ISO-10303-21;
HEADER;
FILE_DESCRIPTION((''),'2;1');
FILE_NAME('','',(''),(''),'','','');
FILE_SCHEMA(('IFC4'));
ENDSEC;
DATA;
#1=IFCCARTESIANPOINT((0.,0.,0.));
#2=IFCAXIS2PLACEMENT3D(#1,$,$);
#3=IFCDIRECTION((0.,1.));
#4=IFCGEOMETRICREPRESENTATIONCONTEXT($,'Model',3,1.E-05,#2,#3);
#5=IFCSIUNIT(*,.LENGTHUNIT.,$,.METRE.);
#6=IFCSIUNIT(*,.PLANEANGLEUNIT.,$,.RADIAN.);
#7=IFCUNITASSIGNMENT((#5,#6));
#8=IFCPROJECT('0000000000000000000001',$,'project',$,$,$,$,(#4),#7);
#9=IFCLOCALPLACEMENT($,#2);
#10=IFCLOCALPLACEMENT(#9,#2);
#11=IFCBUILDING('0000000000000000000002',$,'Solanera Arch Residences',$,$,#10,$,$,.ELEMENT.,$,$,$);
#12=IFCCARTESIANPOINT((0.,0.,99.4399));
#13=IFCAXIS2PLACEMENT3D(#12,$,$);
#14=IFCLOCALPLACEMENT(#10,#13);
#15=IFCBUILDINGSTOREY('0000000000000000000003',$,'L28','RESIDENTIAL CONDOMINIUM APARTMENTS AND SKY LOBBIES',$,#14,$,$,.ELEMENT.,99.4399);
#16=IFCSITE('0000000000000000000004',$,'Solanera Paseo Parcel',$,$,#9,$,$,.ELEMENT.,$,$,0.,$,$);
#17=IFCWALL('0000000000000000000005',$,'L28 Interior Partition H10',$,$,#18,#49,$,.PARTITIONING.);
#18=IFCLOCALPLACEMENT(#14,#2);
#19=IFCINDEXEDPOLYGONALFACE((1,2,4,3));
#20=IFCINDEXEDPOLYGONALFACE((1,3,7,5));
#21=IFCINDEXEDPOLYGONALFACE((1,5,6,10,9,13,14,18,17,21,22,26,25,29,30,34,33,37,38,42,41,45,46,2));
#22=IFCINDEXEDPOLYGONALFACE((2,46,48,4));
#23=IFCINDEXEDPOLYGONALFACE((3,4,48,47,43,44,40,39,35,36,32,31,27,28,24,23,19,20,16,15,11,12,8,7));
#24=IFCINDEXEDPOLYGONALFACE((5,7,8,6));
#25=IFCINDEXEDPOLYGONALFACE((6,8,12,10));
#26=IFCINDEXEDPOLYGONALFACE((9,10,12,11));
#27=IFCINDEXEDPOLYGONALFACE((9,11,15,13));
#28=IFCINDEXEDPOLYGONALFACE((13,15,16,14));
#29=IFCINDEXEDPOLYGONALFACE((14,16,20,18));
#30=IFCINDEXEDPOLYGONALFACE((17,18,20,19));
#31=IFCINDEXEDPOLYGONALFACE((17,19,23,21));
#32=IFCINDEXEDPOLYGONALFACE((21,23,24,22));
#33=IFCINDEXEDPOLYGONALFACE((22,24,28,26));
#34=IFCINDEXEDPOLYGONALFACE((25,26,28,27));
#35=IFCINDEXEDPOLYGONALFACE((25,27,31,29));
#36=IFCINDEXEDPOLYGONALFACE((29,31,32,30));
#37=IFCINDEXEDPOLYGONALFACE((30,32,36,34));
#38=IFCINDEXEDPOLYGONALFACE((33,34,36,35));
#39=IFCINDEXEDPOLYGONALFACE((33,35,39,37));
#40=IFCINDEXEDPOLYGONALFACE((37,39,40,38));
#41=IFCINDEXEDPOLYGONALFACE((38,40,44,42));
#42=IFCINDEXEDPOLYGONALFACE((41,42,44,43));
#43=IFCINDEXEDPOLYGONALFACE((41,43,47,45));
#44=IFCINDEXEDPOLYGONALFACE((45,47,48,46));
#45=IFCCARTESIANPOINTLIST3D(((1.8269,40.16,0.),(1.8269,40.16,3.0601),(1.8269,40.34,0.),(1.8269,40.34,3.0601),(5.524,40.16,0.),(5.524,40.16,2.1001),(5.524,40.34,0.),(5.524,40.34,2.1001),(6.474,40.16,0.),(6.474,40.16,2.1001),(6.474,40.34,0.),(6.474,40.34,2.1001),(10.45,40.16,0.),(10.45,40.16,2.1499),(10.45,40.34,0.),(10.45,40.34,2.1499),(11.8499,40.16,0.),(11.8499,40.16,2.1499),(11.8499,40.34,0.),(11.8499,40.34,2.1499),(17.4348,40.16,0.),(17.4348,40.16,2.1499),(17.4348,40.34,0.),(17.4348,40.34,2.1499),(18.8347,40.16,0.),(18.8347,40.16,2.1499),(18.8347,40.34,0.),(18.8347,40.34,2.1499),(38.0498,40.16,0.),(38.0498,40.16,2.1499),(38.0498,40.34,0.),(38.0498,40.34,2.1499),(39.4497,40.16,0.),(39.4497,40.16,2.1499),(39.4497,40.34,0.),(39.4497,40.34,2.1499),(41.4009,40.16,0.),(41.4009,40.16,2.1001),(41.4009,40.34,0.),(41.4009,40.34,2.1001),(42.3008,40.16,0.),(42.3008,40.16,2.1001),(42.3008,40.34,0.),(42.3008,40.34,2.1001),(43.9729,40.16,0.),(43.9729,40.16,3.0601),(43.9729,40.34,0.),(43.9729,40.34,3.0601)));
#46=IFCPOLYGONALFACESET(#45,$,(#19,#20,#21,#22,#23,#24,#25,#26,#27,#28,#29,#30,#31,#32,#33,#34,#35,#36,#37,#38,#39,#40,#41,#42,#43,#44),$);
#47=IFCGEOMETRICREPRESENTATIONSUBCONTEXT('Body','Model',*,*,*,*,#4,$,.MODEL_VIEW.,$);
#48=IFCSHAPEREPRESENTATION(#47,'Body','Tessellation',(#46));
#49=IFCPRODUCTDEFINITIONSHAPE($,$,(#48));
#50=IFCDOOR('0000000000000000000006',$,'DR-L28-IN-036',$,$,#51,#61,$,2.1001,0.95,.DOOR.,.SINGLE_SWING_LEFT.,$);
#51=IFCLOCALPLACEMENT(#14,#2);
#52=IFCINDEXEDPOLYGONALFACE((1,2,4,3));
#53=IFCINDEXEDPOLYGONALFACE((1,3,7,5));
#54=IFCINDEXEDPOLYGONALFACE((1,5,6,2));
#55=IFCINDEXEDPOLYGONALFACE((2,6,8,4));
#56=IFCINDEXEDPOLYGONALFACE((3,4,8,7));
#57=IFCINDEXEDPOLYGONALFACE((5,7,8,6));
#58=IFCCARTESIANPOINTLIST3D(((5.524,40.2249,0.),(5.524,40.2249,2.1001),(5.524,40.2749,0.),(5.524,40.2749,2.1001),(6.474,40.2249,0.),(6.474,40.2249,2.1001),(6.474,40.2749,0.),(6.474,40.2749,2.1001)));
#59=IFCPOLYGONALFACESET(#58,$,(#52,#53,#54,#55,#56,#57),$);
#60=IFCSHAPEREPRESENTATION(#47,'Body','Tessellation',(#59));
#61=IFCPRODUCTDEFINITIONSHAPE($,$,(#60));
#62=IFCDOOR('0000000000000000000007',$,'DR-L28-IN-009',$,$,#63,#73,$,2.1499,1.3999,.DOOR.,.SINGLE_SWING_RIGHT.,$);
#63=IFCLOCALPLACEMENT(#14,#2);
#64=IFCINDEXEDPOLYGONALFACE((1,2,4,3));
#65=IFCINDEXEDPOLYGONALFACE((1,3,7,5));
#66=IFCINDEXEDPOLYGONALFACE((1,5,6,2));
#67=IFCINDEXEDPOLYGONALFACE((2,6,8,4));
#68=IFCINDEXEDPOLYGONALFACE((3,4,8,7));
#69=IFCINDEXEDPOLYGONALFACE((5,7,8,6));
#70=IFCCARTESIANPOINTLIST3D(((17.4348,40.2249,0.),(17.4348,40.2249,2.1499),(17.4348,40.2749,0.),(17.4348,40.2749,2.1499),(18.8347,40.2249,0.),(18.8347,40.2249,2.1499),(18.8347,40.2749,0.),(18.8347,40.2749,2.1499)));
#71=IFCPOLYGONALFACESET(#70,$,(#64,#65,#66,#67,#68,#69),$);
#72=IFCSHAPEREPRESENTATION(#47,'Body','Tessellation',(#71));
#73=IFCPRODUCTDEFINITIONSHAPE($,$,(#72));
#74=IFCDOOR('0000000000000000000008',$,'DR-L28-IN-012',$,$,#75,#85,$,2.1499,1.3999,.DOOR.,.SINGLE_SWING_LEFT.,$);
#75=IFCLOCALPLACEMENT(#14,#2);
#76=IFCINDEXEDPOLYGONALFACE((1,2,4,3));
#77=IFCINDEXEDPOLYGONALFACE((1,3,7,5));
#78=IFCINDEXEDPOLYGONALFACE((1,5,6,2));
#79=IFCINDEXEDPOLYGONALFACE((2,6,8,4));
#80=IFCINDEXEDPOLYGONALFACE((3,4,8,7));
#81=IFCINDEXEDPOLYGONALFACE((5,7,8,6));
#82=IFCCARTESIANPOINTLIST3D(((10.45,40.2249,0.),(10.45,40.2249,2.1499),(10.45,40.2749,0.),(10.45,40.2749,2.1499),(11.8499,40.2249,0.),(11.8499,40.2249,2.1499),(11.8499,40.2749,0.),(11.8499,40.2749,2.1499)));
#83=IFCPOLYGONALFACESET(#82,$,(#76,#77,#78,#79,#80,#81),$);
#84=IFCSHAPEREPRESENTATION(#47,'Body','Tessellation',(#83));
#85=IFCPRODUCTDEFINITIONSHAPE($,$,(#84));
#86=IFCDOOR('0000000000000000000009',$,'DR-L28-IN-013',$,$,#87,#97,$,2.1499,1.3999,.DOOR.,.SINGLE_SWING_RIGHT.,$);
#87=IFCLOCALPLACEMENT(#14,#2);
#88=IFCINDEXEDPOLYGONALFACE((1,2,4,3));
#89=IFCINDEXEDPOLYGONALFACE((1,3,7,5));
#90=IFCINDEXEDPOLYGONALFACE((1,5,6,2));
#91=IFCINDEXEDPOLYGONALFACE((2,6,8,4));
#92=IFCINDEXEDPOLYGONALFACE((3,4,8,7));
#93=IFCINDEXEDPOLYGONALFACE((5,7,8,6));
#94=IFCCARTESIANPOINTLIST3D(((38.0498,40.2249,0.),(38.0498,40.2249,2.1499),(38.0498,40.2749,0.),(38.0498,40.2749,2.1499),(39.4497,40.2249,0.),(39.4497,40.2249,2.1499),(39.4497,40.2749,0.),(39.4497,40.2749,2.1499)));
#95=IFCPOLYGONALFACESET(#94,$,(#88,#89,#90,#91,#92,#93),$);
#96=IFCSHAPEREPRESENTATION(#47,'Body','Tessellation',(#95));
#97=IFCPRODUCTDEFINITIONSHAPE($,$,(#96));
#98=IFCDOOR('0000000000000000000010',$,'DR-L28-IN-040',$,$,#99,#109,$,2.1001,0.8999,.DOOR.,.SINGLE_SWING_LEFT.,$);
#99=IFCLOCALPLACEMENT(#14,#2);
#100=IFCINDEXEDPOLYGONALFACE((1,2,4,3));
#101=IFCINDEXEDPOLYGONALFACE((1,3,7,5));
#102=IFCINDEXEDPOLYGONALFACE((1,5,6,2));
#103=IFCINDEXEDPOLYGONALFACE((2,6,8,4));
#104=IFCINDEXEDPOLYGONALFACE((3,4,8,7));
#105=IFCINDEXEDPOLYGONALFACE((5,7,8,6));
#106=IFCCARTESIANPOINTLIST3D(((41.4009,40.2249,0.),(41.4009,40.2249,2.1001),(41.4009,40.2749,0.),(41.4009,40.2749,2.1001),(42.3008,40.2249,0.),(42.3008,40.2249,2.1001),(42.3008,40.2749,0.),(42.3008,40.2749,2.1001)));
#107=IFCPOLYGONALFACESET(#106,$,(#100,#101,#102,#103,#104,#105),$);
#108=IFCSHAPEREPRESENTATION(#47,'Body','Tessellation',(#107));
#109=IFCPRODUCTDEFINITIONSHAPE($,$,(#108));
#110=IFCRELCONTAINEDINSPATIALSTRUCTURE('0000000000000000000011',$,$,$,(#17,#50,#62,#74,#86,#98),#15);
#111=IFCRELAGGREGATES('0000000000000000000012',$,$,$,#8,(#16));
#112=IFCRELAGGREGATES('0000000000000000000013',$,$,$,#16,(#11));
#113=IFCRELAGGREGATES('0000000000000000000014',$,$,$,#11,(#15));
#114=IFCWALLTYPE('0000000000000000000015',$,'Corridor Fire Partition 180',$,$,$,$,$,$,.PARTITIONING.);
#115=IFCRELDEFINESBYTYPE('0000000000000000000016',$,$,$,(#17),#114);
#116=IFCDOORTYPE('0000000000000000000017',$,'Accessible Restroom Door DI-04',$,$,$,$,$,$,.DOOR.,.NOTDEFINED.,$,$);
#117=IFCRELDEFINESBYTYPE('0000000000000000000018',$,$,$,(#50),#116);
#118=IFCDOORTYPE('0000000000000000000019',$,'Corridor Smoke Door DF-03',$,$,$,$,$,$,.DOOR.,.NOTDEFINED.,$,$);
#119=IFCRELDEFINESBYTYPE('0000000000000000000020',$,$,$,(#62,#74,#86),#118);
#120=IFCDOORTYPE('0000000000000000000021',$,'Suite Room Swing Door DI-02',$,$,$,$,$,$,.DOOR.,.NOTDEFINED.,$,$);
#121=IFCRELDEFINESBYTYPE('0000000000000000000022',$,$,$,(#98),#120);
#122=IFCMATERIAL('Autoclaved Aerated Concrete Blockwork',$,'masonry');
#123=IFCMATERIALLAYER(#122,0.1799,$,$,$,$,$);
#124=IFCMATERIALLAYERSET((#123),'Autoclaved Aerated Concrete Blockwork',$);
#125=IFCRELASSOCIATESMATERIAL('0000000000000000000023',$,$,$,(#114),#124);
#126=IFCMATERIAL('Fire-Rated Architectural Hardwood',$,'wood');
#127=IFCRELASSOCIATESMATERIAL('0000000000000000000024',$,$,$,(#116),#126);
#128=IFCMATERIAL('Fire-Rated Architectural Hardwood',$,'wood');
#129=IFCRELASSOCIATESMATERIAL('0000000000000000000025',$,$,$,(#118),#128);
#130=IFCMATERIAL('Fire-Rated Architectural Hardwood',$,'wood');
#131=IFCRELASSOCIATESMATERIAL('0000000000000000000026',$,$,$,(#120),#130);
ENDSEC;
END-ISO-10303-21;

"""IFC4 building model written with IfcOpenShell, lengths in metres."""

from ifc_helpers import new_model, si_unit, direction, frame, frame_2d, origin, place, context, subcontext, project, spatial, rectangle, extrude, material, layer, layer_set, type_object, element, fill, save


model = new_model("IFC4")

# Units and contexts
model_context = context("Model", 3, precision=1e-05, world=origin(), true_north=direction((0.0, 1.0)))
body_context = subcontext(model_context, "Body", "Model", "MODEL_VIEW")
ifc_project = project(units=[si_unit("LENGTHUNIT", "METRE"), si_unit("PLANEANGLEUNIT", "RADIAN")], contexts=[model_context])

# Site, building, storey
site_placement = place(None, origin())
site = spatial("IfcSite", under=ifc_project, at=site_placement, Name="Solanera Paseo Parcel", CompositionType="ELEMENT", RefElevation=0.0)
building_placement = place(site_placement, origin())
building = spatial("IfcBuilding", under=site, at=building_placement, Name="Solanera Arch Residences", CompositionType="ELEMENT")
storey_placement = place(building_placement, frame((0.0, 0.0, 99.4399)))
storey = spatial("IfcBuildingStorey", under=building, at=storey_placement, Name="L28", Description="RESIDENTIAL CONDOMINIUM APARTMENTS AND SKY LOBBIES", CompositionType="ELEMENT", Elevation=99.4399)

# Wall, openings, doors
ifc_material_1 = material(Name="Autoclaved Aerated Concrete Blockwork", Category="masonry")
ifc_layer_1 = layer(ifc_material_1, 0.1799)
ifc_layer_set_1 = layer_set([ifc_layer_1], Name="Autoclaved Aerated Concrete Blockwork")
wall_type_1 = type_object("IfcWallType", Name="Corridor Fire Partition 180", PredefinedType="PARTITIONING", material=ifc_layer_set_1)
wall_1_placement = place(storey_placement, frame((1.8269, 40.25, 0.0), z_axis=(0.0, 0.0, 1.0), x_axis=(1.0, 0.0, 0.0)))
wall_1 = element("IfcWall", 1, at=wall_1_placement, inside=storey, type_object=wall_type_1, Name="L28 Interior Partition H10", PredefinedType="PARTITIONING", context=body_context, shape_type="SweptSolid", body=[
    extrude(rectangle(XDim=42.146, YDim=0.1799, at=frame_2d((21.073, 0.0))), origin(), (0.0, 0.0, 1.0), 3.0601),
])
opening_1_placement = place(wall_1_placement, frame((15.6079, 0.0, 0.0)))
opening_1 = element("IfcOpeningElement", 2, at=opening_1_placement, cuts=wall_1, PredefinedType="OPENING", context=body_context, shape_type="SweptSolid", body=[
    extrude(rectangle(XDim=1.3999, YDim=2.1499, at=frame_2d((0.7, 1.075))), frame((0.0, 0.1001, 0.0), z_axis=(0.0, -1.0, 0.0), x_axis=(1.0, 0.0, 0.0)), (0.0, 0.0, 1.0), 0.1999),
])
opening_2_placement = place(wall_1_placement, frame((8.623, 0.0, 0.0)))
opening_2 = element("IfcOpeningElement", 3, at=opening_2_placement, cuts=wall_1, PredefinedType="OPENING", context=body_context, shape_type="SweptSolid", body=[
    extrude(rectangle(XDim=1.3999, YDim=2.1499, at=frame_2d((0.7, 1.075))), frame((0.0, 0.1001, 0.0), z_axis=(0.0, -1.0, 0.0), x_axis=(1.0, 0.0, 0.0)), (0.0, 0.0, 1.0), 0.1999),
])
opening_3_placement = place(wall_1_placement, frame((36.2229, 0.0, 0.0)))
opening_3 = element("IfcOpeningElement", 4, at=opening_3_placement, cuts=wall_1, PredefinedType="OPENING", context=body_context, shape_type="SweptSolid", body=[
    extrude(rectangle(XDim=1.3999, YDim=2.1499, at=frame_2d((0.7, 1.075))), frame((0.0, 0.1001, 0.0), z_axis=(0.0, -1.0, 0.0), x_axis=(1.0, 0.0, 0.0)), (0.0, 0.0, 1.0), 0.1999),
])
opening_4_placement = place(wall_1_placement, frame((3.697, 0.0, 0.0)))
opening_4 = element("IfcOpeningElement", 5, at=opening_4_placement, cuts=wall_1, PredefinedType="OPENING", context=body_context, shape_type="SweptSolid", body=[
    extrude(rectangle(XDim=0.95, YDim=2.1001, at=frame_2d((0.4751, 1.05))), frame((0.0, 0.1001, 0.0), z_axis=(0.0, -1.0, 0.0), x_axis=(1.0, 0.0, 0.0)), (0.0, 0.0, 1.0), 0.1999),
])
opening_5_placement = place(wall_1_placement, frame((39.574, 0.0, 0.0)))
opening_5 = element("IfcOpeningElement", 6, at=opening_5_placement, cuts=wall_1, PredefinedType="OPENING", context=body_context, shape_type="SweptSolid", body=[
    extrude(rectangle(XDim=0.8999, YDim=2.1001, at=frame_2d((0.45, 1.05))), frame((0.0, 0.1001, 0.0), z_axis=(0.0, -1.0, 0.0), x_axis=(1.0, 0.0, 0.0)), (0.0, 0.0, 1.0), 0.1999),
])
ifc_material_2 = material(Name="Fire-Rated Architectural Hardwood", Category="wood")
door_type_1 = type_object("IfcDoorType", Name="Accessible Restroom Door DI-04", OperationType="NOTDEFINED", PredefinedType="DOOR", material=ifc_material_2)
door_1_placement = place(opening_4_placement, origin())
door_1 = element("IfcDoor", 7, at=door_1_placement, inside=storey, type_object=door_type_1, Name="DR-L28-IN-036", OperationType="SINGLE_SWING_LEFT", OverallHeight=2.1001, OverallWidth=0.95, PredefinedType="DOOR", context=body_context, shape_type="SweptSolid", body=[
    extrude(rectangle(XDim=0.95, YDim=2.1001, at=frame_2d((0.4751, 1.05))), frame((0.0, 0.0249, 0.0), z_axis=(0.0, -1.0, 0.0), x_axis=(1.0, 0.0, 0.0)), (0.0, 0.0, 1.0), 0.05),
])
fill(opening_4, door_1)
ifc_material_3 = material(Name="Fire-Rated Architectural Hardwood", Category="wood")
door_type_2 = type_object("IfcDoorType", Name="Corridor Smoke Door DF-03", OperationType="NOTDEFINED", PredefinedType="DOOR", material=ifc_material_3)
door_2_placement = place(opening_1_placement, origin())
door_2 = element("IfcDoor", 8, at=door_2_placement, inside=storey, type_object=door_type_2, Name="DR-L28-IN-009", OperationType="SINGLE_SWING_RIGHT", OverallHeight=2.1499, OverallWidth=1.3999, PredefinedType="DOOR", context=body_context, shape_type="SweptSolid", body=[
    extrude(rectangle(XDim=1.3999, YDim=2.1499, at=frame_2d((0.7, 1.075))), frame((0.0, 0.0249, 0.0), z_axis=(0.0, -1.0, 0.0), x_axis=(1.0, 0.0, 0.0)), (0.0, 0.0, 1.0), 0.05),
])
fill(opening_1, door_2)
door_3_placement = place(opening_2_placement, origin())
door_3 = element("IfcDoor", 9, at=door_3_placement, inside=storey, type_object=door_type_2, Name="DR-L28-IN-012", OperationType="SINGLE_SWING_LEFT", OverallHeight=2.1499, OverallWidth=1.3999, PredefinedType="DOOR", context=body_context, shape_type="SweptSolid", body=[
    extrude(rectangle(XDim=1.3999, YDim=2.1499, at=frame_2d((0.7, 1.075))), frame((0.0, 0.0249, 0.0), z_axis=(0.0, -1.0, 0.0), x_axis=(1.0, 0.0, 0.0)), (0.0, 0.0, 1.0), 0.05),
])
fill(opening_2, door_3)
door_4_placement = place(opening_3_placement, origin())
door_4 = element("IfcDoor", 10, at=door_4_placement, inside=storey, type_object=door_type_2, Name="DR-L28-IN-013", OperationType="SINGLE_SWING_RIGHT", OverallHeight=2.1499, OverallWidth=1.3999, PredefinedType="DOOR", context=body_context, shape_type="SweptSolid", body=[
    extrude(rectangle(XDim=1.3999, YDim=2.1499, at=frame_2d((0.7, 1.075))), frame((0.0, 0.0249, 0.0), z_axis=(0.0, -1.0, 0.0), x_axis=(1.0, 0.0, 0.0)), (0.0, 0.0, 1.0), 0.05),
])
fill(opening_3, door_4)
ifc_material_4 = material(Name="Fire-Rated Architectural Hardwood", Category="wood")
door_type_3 = type_object("IfcDoorType", Name="Suite Room Swing Door DI-02", OperationType="NOTDEFINED", PredefinedType="DOOR", material=ifc_material_4)
door_5_placement = place(opening_5_placement, origin())
door_5 = element("IfcDoor", 11, at=door_5_placement, inside=storey, type_object=door_type_3, Name="DR-L28-IN-040", OperationType="SINGLE_SWING_LEFT", OverallHeight=2.1001, OverallWidth=0.8999, PredefinedType="DOOR", context=body_context, shape_type="SweptSolid", body=[
    extrude(rectangle(XDim=0.8999, YDim=2.1001, at=frame_2d((0.45, 1.05))), frame((0.0, 0.0249, 0.0), z_axis=(0.0, -1.0, 0.0), x_axis=(1.0, 0.0, 0.0)), (0.0, 0.0, 1.0), 0.05),
])
fill(opening_5, door_5)

save(model, "model.ifc")
